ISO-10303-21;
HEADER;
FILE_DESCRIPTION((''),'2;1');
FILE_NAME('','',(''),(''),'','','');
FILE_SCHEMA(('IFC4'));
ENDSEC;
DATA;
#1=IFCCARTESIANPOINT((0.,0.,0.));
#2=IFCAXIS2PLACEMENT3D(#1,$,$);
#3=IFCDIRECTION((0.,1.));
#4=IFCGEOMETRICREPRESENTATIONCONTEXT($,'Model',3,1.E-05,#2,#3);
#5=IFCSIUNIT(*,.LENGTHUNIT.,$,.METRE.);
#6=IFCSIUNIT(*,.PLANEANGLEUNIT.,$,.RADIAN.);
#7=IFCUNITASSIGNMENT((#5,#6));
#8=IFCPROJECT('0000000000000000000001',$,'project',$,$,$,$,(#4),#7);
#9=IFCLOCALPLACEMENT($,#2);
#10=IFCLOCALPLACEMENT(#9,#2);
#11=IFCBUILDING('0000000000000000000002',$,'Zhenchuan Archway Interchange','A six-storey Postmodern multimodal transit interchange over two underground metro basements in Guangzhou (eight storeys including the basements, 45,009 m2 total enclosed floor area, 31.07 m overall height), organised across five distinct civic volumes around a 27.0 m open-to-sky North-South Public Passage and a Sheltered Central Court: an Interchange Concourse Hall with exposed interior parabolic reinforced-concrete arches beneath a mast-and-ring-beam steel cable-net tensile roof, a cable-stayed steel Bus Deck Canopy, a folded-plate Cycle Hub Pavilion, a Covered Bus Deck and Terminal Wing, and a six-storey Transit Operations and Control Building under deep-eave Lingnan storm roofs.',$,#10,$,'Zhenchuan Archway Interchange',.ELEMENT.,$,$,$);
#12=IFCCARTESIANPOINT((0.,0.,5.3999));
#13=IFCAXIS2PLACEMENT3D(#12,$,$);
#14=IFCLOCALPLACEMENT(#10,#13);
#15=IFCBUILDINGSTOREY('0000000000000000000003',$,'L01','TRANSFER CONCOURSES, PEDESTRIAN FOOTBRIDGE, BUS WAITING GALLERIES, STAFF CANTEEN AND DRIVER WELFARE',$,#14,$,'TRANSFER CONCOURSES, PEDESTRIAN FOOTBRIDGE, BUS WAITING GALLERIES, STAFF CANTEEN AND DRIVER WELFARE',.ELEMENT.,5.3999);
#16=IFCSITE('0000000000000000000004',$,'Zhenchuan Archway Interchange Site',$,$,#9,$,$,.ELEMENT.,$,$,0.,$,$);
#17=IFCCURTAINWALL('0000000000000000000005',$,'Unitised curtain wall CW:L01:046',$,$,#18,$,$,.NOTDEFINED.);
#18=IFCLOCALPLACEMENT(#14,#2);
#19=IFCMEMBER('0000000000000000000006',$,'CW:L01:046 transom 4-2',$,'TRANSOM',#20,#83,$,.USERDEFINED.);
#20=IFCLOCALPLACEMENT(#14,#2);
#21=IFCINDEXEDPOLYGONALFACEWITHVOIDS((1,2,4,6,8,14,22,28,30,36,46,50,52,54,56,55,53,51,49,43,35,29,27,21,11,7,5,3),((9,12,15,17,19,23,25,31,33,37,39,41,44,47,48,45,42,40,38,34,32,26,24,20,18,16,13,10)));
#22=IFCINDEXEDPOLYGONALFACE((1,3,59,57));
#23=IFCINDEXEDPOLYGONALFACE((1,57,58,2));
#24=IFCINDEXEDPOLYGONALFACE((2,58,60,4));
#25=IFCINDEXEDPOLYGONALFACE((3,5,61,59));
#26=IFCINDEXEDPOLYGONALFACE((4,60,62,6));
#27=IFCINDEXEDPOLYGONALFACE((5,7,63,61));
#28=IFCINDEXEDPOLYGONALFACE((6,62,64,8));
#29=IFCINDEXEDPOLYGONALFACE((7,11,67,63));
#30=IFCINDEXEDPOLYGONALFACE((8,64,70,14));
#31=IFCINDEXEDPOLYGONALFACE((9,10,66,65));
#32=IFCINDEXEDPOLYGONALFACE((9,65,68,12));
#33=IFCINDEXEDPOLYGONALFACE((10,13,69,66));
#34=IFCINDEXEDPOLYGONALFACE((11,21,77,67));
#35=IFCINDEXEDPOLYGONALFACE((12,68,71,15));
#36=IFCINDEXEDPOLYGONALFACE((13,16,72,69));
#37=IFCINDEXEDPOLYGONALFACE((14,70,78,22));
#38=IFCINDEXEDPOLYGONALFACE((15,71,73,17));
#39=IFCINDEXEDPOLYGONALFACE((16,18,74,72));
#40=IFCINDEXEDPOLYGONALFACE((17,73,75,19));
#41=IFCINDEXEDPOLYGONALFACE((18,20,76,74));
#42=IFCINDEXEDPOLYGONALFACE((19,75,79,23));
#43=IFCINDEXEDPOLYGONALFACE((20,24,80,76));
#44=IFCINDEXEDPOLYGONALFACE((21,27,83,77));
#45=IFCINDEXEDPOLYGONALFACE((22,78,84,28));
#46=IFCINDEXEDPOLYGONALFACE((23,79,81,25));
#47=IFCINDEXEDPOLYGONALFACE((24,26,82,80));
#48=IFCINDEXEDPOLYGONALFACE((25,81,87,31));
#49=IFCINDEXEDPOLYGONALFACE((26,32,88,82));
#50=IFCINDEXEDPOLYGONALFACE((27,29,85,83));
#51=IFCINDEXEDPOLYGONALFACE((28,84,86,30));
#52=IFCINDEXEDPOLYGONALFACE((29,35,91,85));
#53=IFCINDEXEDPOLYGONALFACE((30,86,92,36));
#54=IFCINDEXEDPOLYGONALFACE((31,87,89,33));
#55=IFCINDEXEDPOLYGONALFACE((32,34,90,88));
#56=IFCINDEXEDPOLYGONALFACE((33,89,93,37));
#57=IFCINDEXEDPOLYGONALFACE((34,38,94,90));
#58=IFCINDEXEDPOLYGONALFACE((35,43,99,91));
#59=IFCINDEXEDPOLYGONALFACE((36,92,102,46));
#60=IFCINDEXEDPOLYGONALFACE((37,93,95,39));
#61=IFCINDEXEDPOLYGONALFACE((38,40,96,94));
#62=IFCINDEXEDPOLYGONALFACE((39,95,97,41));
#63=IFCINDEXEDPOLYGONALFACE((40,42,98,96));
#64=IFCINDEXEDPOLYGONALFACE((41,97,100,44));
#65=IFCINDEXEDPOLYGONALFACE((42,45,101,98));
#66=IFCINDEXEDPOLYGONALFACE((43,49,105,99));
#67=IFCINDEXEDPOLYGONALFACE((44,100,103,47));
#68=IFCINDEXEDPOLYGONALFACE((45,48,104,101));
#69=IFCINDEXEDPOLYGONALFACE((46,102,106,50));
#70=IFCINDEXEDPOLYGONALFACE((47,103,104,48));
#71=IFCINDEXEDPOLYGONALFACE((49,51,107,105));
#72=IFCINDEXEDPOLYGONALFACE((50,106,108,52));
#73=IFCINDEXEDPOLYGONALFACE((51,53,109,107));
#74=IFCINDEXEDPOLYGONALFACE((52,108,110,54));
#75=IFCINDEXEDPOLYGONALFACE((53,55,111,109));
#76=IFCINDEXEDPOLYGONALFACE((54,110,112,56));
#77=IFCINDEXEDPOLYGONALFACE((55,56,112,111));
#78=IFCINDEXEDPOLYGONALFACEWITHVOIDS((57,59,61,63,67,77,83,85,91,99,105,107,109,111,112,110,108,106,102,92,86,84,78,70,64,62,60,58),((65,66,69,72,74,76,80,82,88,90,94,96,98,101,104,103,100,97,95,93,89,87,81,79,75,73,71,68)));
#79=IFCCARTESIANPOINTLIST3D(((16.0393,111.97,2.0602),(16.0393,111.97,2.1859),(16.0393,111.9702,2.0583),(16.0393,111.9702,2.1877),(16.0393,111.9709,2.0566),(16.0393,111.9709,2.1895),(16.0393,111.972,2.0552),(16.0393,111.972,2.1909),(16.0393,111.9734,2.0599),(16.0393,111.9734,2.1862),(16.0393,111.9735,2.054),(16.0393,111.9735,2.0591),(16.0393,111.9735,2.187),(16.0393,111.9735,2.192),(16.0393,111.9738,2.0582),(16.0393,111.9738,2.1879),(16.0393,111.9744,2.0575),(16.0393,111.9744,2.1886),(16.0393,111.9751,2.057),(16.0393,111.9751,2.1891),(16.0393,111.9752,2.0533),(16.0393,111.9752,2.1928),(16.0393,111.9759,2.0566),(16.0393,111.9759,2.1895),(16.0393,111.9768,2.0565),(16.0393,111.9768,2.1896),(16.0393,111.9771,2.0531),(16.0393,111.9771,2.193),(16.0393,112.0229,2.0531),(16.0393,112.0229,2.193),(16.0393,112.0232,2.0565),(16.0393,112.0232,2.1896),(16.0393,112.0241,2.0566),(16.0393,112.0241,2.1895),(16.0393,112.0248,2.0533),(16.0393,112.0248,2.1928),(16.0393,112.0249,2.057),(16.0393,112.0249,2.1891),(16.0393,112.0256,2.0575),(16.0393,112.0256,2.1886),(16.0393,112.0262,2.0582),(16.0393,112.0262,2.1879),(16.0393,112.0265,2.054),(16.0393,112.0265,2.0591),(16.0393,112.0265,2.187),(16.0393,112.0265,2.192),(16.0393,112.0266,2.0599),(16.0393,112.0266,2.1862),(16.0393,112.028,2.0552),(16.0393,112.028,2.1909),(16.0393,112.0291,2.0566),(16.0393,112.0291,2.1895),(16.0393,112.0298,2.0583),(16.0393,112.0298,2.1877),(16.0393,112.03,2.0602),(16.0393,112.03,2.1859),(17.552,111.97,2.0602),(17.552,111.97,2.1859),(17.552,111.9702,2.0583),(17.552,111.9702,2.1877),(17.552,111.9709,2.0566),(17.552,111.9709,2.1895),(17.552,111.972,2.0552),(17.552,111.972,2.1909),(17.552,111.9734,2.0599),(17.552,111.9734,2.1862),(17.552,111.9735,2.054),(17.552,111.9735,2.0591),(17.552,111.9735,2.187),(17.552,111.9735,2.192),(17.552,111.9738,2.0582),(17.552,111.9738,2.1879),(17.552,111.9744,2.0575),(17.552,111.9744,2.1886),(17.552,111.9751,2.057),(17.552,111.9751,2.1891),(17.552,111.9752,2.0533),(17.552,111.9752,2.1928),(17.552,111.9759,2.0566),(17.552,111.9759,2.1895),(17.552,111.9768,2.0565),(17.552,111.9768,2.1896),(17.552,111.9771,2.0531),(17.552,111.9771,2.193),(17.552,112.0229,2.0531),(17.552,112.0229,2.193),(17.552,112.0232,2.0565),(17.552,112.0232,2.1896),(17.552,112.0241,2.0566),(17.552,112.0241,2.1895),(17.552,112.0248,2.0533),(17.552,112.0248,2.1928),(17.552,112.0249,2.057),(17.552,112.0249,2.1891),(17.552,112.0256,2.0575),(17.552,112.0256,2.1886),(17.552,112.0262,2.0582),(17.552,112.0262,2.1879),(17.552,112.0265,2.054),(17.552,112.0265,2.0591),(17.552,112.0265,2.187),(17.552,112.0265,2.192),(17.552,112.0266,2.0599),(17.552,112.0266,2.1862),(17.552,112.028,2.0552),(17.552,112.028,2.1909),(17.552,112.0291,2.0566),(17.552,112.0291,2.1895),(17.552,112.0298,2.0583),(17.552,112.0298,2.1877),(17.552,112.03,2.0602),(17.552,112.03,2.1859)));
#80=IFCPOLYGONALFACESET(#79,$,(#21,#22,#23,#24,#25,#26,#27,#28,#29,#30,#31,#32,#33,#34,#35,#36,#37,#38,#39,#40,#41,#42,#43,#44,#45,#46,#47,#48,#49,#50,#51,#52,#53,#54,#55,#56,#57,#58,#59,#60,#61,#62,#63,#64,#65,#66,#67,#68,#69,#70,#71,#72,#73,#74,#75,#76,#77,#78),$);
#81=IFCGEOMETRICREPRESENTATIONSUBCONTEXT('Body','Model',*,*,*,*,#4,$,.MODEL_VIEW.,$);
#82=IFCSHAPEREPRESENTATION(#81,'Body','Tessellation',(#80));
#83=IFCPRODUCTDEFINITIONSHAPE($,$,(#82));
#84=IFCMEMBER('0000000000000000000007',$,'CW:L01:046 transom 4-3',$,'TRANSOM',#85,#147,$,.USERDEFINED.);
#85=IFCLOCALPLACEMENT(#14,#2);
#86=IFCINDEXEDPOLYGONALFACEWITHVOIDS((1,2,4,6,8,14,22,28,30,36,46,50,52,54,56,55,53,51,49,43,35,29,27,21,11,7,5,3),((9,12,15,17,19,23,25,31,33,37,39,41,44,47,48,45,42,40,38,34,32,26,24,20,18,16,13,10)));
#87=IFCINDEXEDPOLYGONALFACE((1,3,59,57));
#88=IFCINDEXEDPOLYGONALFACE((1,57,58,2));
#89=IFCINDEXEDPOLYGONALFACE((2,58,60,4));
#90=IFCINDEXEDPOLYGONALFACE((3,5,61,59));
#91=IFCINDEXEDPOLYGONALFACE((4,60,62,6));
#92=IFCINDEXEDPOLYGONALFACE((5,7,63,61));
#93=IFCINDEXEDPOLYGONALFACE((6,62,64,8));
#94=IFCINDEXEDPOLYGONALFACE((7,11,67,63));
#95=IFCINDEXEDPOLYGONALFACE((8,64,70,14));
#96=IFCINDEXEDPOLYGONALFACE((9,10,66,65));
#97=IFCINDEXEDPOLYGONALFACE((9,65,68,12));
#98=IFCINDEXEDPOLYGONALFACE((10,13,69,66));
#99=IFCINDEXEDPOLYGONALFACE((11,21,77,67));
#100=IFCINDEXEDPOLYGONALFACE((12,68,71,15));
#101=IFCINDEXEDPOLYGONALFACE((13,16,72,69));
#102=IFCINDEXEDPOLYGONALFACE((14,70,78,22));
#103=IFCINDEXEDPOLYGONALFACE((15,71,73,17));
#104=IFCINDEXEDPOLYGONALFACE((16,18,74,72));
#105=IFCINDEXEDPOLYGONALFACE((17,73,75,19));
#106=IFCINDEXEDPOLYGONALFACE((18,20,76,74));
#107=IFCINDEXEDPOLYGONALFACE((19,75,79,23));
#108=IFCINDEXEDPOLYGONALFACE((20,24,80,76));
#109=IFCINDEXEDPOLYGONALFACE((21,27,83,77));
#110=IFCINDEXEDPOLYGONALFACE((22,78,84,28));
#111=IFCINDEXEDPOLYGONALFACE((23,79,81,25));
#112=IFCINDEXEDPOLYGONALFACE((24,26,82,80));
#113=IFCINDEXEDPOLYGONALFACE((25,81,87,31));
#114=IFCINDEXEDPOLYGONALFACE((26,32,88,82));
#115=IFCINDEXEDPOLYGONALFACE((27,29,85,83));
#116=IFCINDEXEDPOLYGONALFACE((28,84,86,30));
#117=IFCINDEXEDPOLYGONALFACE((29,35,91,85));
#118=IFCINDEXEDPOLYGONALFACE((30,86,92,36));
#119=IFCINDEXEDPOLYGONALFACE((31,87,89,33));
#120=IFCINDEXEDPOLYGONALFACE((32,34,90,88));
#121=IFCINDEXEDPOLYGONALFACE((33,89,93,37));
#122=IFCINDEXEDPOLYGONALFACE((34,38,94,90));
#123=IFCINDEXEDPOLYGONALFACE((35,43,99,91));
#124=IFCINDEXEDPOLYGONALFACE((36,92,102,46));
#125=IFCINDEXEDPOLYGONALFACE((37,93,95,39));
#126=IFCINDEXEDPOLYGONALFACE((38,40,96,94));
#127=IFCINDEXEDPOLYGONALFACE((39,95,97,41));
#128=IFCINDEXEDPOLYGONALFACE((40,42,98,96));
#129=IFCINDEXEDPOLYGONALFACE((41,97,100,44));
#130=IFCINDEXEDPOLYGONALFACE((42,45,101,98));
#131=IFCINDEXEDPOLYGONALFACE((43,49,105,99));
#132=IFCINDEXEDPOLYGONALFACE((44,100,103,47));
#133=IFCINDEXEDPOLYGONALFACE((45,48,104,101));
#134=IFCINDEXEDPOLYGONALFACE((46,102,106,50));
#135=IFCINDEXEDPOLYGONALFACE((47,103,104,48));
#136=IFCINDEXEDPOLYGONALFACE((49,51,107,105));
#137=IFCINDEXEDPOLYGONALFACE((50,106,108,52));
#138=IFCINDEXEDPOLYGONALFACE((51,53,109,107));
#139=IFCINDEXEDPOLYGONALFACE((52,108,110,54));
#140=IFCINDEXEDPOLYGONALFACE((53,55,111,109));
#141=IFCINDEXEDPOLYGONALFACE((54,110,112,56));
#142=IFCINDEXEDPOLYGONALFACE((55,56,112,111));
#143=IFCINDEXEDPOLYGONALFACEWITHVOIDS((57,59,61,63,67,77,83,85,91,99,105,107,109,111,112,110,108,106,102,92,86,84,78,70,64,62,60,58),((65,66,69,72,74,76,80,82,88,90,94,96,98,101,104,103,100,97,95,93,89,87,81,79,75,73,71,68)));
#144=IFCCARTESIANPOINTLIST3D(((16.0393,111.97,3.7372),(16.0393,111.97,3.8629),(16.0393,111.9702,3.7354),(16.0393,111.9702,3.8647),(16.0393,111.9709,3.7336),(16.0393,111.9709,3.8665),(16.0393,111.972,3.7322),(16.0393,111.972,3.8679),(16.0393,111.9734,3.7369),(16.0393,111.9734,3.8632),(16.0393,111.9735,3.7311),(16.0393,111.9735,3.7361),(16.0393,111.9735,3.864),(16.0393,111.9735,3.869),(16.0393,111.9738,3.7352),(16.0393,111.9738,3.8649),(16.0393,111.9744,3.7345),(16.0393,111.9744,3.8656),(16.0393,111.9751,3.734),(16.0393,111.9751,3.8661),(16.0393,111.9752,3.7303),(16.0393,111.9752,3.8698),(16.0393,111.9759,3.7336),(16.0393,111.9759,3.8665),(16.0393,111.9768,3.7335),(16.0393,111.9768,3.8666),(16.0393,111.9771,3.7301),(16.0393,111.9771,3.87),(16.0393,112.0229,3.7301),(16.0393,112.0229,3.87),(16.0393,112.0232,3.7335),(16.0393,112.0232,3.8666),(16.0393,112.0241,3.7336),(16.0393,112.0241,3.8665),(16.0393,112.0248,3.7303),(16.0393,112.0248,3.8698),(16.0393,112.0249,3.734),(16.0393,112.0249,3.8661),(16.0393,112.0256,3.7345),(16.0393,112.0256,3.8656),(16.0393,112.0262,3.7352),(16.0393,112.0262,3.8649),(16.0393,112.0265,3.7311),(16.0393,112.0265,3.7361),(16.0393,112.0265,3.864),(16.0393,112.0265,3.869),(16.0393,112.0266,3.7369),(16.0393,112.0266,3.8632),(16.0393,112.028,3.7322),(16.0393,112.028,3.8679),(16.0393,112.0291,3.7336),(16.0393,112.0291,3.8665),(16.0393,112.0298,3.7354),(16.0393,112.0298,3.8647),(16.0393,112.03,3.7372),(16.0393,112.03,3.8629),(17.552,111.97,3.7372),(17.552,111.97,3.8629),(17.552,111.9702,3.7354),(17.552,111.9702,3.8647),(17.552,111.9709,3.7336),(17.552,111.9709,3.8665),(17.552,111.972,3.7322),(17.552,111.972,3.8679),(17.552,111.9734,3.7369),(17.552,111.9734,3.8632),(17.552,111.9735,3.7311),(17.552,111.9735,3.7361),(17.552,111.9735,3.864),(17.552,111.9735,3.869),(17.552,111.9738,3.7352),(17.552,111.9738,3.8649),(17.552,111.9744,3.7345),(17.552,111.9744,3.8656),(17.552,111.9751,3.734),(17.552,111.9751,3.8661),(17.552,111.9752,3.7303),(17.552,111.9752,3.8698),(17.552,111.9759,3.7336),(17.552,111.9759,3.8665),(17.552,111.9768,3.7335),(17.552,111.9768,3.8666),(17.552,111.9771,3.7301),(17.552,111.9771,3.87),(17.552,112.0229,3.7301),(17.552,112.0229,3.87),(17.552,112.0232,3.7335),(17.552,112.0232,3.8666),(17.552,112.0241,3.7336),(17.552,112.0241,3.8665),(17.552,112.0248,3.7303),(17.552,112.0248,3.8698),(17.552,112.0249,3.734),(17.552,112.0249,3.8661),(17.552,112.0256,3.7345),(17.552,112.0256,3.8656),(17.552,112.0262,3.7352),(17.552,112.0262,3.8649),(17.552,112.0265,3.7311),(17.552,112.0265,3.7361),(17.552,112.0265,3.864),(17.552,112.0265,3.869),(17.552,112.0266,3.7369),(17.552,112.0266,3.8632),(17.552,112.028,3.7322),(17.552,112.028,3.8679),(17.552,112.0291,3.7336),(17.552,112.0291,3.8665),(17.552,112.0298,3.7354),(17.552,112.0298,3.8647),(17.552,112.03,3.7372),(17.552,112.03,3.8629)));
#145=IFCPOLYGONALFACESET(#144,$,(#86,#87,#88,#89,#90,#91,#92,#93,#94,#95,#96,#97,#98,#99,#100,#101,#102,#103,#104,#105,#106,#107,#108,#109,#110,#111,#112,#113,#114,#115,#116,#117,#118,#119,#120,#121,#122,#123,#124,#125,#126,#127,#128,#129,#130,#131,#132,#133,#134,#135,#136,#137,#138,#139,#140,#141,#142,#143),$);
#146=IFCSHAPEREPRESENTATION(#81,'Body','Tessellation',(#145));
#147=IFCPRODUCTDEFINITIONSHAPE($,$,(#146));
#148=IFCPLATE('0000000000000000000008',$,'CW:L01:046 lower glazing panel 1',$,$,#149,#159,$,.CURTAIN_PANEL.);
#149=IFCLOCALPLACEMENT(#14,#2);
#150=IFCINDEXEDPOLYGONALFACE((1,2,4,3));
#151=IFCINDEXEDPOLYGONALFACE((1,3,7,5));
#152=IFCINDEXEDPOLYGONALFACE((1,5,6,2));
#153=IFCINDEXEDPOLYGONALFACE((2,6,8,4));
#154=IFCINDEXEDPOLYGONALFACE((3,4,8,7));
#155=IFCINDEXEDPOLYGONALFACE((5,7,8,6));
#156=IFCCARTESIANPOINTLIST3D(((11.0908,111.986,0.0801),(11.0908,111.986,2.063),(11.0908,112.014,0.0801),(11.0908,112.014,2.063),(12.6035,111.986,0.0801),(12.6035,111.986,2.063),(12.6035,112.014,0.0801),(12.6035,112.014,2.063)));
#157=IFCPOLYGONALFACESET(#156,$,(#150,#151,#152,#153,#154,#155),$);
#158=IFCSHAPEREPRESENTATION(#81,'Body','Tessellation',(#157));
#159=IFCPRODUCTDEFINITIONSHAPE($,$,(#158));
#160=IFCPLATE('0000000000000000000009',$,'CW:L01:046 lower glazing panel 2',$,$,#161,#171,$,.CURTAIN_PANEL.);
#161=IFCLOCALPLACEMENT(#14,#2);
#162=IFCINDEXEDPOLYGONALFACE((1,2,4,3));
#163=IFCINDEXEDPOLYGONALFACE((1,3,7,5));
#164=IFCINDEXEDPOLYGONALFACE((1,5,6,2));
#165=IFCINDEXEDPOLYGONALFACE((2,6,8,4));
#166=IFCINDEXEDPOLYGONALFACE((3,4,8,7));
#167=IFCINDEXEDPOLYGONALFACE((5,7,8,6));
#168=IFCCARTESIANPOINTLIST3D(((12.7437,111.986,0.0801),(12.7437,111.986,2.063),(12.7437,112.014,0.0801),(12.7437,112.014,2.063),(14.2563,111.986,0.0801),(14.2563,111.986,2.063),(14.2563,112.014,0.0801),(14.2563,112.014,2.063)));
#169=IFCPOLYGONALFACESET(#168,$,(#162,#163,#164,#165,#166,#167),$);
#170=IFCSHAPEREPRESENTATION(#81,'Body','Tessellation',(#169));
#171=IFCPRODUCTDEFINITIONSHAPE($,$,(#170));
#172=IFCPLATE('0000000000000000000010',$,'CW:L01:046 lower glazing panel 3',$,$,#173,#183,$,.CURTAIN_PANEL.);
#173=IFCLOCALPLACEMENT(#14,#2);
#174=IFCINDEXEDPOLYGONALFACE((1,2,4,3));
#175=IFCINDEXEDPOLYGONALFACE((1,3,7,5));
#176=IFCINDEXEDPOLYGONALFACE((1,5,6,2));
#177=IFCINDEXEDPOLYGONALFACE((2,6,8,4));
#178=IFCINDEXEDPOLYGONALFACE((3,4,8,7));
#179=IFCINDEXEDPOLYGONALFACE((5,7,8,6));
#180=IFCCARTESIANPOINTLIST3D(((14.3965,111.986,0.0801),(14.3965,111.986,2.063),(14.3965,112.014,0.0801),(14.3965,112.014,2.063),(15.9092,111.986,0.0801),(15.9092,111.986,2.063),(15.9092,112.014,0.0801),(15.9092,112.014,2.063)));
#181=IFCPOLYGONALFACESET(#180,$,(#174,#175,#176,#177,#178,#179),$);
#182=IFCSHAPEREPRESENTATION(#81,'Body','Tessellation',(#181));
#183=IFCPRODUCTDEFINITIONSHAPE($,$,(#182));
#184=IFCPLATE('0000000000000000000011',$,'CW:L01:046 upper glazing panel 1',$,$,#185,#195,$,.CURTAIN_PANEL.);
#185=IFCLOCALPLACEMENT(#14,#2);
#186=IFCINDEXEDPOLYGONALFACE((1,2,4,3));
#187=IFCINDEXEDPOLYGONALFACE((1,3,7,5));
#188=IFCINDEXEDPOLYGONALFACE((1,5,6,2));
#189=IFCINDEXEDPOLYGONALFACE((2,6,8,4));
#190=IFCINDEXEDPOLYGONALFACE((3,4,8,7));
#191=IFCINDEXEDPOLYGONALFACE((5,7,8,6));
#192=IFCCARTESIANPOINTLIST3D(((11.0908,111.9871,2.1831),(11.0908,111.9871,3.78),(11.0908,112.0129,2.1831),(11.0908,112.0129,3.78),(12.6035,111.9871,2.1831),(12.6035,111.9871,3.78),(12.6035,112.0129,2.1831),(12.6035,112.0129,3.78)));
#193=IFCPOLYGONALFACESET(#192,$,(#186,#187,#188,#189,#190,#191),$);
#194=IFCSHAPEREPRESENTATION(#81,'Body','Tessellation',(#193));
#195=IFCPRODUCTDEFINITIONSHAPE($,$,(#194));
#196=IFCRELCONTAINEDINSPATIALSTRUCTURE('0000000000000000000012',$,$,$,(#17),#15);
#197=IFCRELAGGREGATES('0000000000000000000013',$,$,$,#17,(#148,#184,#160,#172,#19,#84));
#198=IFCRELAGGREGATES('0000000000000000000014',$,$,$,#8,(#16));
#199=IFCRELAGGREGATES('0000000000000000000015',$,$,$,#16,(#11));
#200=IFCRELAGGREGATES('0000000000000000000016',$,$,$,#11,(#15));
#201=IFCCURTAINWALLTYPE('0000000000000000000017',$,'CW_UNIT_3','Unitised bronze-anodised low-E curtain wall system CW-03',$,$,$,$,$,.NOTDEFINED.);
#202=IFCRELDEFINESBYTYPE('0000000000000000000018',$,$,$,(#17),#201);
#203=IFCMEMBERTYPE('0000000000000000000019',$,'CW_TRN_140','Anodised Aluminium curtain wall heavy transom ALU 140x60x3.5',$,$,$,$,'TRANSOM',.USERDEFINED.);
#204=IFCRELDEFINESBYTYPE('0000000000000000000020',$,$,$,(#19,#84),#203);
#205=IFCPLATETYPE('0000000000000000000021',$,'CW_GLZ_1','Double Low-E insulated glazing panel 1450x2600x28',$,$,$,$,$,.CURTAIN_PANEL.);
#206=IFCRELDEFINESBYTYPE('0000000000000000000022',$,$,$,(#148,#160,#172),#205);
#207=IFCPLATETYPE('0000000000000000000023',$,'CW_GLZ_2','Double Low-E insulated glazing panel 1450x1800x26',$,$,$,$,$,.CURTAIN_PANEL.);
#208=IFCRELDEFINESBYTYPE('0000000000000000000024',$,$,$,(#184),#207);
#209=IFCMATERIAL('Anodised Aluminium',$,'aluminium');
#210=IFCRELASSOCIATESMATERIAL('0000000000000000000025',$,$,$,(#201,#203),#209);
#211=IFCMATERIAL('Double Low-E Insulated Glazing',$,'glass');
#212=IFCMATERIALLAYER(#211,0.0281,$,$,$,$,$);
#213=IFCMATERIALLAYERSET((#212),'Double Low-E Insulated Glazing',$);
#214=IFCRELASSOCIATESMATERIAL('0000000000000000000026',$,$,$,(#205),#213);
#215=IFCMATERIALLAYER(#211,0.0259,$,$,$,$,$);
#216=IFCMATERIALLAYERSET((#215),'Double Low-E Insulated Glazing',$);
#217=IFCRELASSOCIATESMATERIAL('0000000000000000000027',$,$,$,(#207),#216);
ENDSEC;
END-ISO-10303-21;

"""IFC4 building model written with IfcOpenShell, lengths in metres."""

from ifc_helpers import new_model, si_unit, direction, frame, origin, origin_2d, place, context, subcontext, project, spatial, rectangle, hollow_rectangle, extrude, material, layer, layer_set, material_profile, profile_set, type_object, element, aggregate, save


model = new_model("IFC4")

# Units and contexts
model_context = context("Model", 3, precision=1e-05, world=origin(), true_north=direction((0.0, 1.0)))
body_context = subcontext(model_context, "Body", "Model", "MODEL_VIEW")
ifc_project = project(units=[si_unit("LENGTHUNIT", "METRE"), si_unit("PLANEANGLEUNIT", "RADIAN")], contexts=[model_context])

# Site, building, storey
site_placement = place(None, origin())
site = spatial("IfcSite", under=ifc_project, at=site_placement, Name="Zhenchuan Archway Interchange Site", CompositionType="ELEMENT", RefElevation=0.0)
building_placement = place(site_placement, origin())
building = spatial("IfcBuilding", under=site, at=building_placement, Name="Zhenchuan Archway Interchange", Description="A six-storey Postmodern multimodal transit interchange over two underground metro basements in Guangzhou (eight storeys including the basements, 45,009 m2 total enclosed floor area, 31.07 m overall height), organised across five distinct civic volumes around a 27.0 m open-to-sky North-South Public Passage and a Sheltered Central Court: an Interchange Concourse Hall with exposed interior parabolic reinforced-concrete arches beneath a mast-and-ring-beam steel cable-net tensile roof, a cable-stayed steel Bus Deck Canopy, a folded-plate Cycle Hub Pavilion, a Covered Bus Deck and Terminal Wing, and a six-storey Transit Operations and Control Building under deep-eave Lingnan storm roofs.", LongName="Zhenchuan Archway Interchange", CompositionType="ELEMENT")
storey_placement = place(building_placement, frame((0.0, 0.0, 5.3999)))
storey = spatial("IfcBuildingStorey", under=building, at=storey_placement, Name="L01", Description="TRANSFER CONCOURSES, PEDESTRIAN FOOTBRIDGE, BUS WAITING GALLERIES, STAFF CANTEEN AND DRIVER WELFARE", LongName="TRANSFER CONCOURSES, PEDESTRIAN FOOTBRIDGE, BUS WAITING GALLERIES, STAFF CANTEEN AND DRIVER WELFARE", CompositionType="ELEMENT", Elevation=5.3999)

# Curtain wall, members, plates
ifc_material_1 = material(Name="Anodised Aluminium", Category="aluminium")
curtain_wall_type = type_object("IfcCurtainWallType", Name="CW_UNIT_3", Description="Unitised bronze-anodised low-E curtain wall system CW-03", PredefinedType="NOTDEFINED", material=ifc_material_1)
curtain_wall_placement = place(storey_placement, origin())
curtain_wall = element("IfcCurtainWall", 1, at=curtain_wall_placement, inside=storey, type_object=curtain_wall_type, Name="Unitised curtain wall CW:L01:046", PredefinedType="NOTDEFINED")
ifc_material_profile_1 = material_profile(ifc_material_1, hollow_rectangle(XDim=0.0601, YDim=0.1399, WallThickness=0.0034, InnerFilletRadius=0.0034, OuterFilletRadius=0.0071, at=origin_2d()), Name="ALU 140x60x3.5")
ifc_profile_set_1 = profile_set([ifc_material_profile_1], Name="Anodised Aluminium")
member_type_1 = type_object("IfcMemberType", Name="CW_TRN_140", Description="Anodised Aluminium curtain wall heavy transom ALU 140x60x3.5", ElementType="TRANSOM", PredefinedType="USERDEFINED", material=ifc_profile_set_1)
member_1_placement = place(storey_placement, frame((16.0393, 112.0, 2.123), z_axis=(1.0, 0.0, 0.0), x_axis=(0.0, 1.0, 0.0)))
member_1 = element("IfcMember", 2, at=member_1_placement, type_object=member_type_1, Name="CW:L01:046 transom 4-2", ObjectType="TRANSOM", PredefinedType="USERDEFINED", context=body_context, shape_type="SweptSolid", body=[
    extrude(hollow_rectangle(XDim=0.0601, YDim=0.1399, WallThickness=0.0034, InnerFilletRadius=0.0034, OuterFilletRadius=0.0071, at=origin_2d()), origin(), (0.0, 0.0, 1.0), 1.5127),
])
member_2_placement = place(storey_placement, frame((16.0393, 112.0, 3.8), z_axis=(1.0, 0.0, 0.0), x_axis=(0.0, 1.0, 0.0)))
member_2 = element("IfcMember", 3, at=member_2_placement, type_object=member_type_1, Name="CW:L01:046 transom 4-3", ObjectType="TRANSOM", PredefinedType="USERDEFINED", context=body_context, shape_type="SweptSolid", body=[
    extrude(hollow_rectangle(XDim=0.0601, YDim=0.1399, WallThickness=0.0034, InnerFilletRadius=0.0034, OuterFilletRadius=0.0071, at=origin_2d()), origin(), (0.0, 0.0, 1.0), 1.5127),
])
ifc_material_2 = material(Name="Double Low-E Insulated Glazing", Category="glass")
ifc_layer_1 = layer(ifc_material_2, 0.0281)
ifc_layer_set_1 = layer_set([ifc_layer_1], Name="Double Low-E Insulated Glazing")
plate_type_1 = type_object("IfcPlateType", Name="CW_GLZ_1", Description="Double Low-E insulated glazing panel 1450x2600x28", PredefinedType="CURTAIN_PANEL", material=ifc_layer_set_1)
plate_1_placement = place(storey_placement, frame((11.8472, 112.0, 0.0801), z_axis=(0.0, 0.0, 1.0), x_axis=(1.0, 0.0, 0.0)))
plate_1 = element("IfcPlate", 4, at=plate_1_placement, type_object=plate_type_1, Name="CW:L01:046 lower glazing panel 1", PredefinedType="CURTAIN_PANEL", context=body_context, shape_type="SweptSolid", body=[
    extrude(rectangle(XDim=1.5127, YDim=0.0281, at=origin_2d()), origin(), (0.0, 0.0, 1.0), 1.9829),
])
plate_2_placement = place(storey_placement, frame((13.5, 112.0, 0.0801), z_axis=(0.0, 0.0, 1.0), x_axis=(1.0, 0.0, 0.0)))
plate_2 = element("IfcPlate", 5, at=plate_2_placement, type_object=plate_type_1, Name="CW:L01:046 lower glazing panel 2", PredefinedType="CURTAIN_PANEL", context=body_context, shape_type="SweptSolid", body=[
    extrude(rectangle(XDim=1.5127, YDim=0.0281, at=origin_2d()), origin(), (0.0, 0.0, 1.0), 1.9829),
])
plate_3_placement = place(storey_placement, frame((15.1528, 112.0, 0.0801), z_axis=(0.0, 0.0, 1.0), x_axis=(1.0, 0.0, 0.0)))
plate_3 = element("IfcPlate", 6, at=plate_3_placement, type_object=plate_type_1, Name="CW:L01:046 lower glazing panel 3", PredefinedType="CURTAIN_PANEL", context=body_context, shape_type="SweptSolid", body=[
    extrude(rectangle(XDim=1.5127, YDim=0.0281, at=origin_2d()), origin(), (0.0, 0.0, 1.0), 1.9829),
])
ifc_layer_2 = layer(ifc_material_2, 0.0259)
ifc_layer_set_2 = layer_set([ifc_layer_2], Name="Double Low-E Insulated Glazing")
plate_type_2 = type_object("IfcPlateType", Name="CW_GLZ_2", Description="Double Low-E insulated glazing panel 1450x1800x26", PredefinedType="CURTAIN_PANEL", material=ifc_layer_set_2)
plate_4_placement = place(storey_placement, frame((11.8472, 112.0, 2.1831), z_axis=(0.0, 0.0, 1.0), x_axis=(1.0, 0.0, 0.0)))
plate_4 = element("IfcPlate", 7, at=plate_4_placement, type_object=plate_type_2, Name="CW:L01:046 upper glazing panel 1", PredefinedType="CURTAIN_PANEL", context=body_context, shape_type="SweptSolid", body=[
    extrude(rectangle(XDim=1.5127, YDim=0.0259, at=origin_2d()), origin(), (0.0, 0.0, 1.0), 1.5969),
])
aggregate(curtain_wall, [plate_1, plate_4, plate_2, plate_3, member_1, member_2])

save(model, "model.ifc")
